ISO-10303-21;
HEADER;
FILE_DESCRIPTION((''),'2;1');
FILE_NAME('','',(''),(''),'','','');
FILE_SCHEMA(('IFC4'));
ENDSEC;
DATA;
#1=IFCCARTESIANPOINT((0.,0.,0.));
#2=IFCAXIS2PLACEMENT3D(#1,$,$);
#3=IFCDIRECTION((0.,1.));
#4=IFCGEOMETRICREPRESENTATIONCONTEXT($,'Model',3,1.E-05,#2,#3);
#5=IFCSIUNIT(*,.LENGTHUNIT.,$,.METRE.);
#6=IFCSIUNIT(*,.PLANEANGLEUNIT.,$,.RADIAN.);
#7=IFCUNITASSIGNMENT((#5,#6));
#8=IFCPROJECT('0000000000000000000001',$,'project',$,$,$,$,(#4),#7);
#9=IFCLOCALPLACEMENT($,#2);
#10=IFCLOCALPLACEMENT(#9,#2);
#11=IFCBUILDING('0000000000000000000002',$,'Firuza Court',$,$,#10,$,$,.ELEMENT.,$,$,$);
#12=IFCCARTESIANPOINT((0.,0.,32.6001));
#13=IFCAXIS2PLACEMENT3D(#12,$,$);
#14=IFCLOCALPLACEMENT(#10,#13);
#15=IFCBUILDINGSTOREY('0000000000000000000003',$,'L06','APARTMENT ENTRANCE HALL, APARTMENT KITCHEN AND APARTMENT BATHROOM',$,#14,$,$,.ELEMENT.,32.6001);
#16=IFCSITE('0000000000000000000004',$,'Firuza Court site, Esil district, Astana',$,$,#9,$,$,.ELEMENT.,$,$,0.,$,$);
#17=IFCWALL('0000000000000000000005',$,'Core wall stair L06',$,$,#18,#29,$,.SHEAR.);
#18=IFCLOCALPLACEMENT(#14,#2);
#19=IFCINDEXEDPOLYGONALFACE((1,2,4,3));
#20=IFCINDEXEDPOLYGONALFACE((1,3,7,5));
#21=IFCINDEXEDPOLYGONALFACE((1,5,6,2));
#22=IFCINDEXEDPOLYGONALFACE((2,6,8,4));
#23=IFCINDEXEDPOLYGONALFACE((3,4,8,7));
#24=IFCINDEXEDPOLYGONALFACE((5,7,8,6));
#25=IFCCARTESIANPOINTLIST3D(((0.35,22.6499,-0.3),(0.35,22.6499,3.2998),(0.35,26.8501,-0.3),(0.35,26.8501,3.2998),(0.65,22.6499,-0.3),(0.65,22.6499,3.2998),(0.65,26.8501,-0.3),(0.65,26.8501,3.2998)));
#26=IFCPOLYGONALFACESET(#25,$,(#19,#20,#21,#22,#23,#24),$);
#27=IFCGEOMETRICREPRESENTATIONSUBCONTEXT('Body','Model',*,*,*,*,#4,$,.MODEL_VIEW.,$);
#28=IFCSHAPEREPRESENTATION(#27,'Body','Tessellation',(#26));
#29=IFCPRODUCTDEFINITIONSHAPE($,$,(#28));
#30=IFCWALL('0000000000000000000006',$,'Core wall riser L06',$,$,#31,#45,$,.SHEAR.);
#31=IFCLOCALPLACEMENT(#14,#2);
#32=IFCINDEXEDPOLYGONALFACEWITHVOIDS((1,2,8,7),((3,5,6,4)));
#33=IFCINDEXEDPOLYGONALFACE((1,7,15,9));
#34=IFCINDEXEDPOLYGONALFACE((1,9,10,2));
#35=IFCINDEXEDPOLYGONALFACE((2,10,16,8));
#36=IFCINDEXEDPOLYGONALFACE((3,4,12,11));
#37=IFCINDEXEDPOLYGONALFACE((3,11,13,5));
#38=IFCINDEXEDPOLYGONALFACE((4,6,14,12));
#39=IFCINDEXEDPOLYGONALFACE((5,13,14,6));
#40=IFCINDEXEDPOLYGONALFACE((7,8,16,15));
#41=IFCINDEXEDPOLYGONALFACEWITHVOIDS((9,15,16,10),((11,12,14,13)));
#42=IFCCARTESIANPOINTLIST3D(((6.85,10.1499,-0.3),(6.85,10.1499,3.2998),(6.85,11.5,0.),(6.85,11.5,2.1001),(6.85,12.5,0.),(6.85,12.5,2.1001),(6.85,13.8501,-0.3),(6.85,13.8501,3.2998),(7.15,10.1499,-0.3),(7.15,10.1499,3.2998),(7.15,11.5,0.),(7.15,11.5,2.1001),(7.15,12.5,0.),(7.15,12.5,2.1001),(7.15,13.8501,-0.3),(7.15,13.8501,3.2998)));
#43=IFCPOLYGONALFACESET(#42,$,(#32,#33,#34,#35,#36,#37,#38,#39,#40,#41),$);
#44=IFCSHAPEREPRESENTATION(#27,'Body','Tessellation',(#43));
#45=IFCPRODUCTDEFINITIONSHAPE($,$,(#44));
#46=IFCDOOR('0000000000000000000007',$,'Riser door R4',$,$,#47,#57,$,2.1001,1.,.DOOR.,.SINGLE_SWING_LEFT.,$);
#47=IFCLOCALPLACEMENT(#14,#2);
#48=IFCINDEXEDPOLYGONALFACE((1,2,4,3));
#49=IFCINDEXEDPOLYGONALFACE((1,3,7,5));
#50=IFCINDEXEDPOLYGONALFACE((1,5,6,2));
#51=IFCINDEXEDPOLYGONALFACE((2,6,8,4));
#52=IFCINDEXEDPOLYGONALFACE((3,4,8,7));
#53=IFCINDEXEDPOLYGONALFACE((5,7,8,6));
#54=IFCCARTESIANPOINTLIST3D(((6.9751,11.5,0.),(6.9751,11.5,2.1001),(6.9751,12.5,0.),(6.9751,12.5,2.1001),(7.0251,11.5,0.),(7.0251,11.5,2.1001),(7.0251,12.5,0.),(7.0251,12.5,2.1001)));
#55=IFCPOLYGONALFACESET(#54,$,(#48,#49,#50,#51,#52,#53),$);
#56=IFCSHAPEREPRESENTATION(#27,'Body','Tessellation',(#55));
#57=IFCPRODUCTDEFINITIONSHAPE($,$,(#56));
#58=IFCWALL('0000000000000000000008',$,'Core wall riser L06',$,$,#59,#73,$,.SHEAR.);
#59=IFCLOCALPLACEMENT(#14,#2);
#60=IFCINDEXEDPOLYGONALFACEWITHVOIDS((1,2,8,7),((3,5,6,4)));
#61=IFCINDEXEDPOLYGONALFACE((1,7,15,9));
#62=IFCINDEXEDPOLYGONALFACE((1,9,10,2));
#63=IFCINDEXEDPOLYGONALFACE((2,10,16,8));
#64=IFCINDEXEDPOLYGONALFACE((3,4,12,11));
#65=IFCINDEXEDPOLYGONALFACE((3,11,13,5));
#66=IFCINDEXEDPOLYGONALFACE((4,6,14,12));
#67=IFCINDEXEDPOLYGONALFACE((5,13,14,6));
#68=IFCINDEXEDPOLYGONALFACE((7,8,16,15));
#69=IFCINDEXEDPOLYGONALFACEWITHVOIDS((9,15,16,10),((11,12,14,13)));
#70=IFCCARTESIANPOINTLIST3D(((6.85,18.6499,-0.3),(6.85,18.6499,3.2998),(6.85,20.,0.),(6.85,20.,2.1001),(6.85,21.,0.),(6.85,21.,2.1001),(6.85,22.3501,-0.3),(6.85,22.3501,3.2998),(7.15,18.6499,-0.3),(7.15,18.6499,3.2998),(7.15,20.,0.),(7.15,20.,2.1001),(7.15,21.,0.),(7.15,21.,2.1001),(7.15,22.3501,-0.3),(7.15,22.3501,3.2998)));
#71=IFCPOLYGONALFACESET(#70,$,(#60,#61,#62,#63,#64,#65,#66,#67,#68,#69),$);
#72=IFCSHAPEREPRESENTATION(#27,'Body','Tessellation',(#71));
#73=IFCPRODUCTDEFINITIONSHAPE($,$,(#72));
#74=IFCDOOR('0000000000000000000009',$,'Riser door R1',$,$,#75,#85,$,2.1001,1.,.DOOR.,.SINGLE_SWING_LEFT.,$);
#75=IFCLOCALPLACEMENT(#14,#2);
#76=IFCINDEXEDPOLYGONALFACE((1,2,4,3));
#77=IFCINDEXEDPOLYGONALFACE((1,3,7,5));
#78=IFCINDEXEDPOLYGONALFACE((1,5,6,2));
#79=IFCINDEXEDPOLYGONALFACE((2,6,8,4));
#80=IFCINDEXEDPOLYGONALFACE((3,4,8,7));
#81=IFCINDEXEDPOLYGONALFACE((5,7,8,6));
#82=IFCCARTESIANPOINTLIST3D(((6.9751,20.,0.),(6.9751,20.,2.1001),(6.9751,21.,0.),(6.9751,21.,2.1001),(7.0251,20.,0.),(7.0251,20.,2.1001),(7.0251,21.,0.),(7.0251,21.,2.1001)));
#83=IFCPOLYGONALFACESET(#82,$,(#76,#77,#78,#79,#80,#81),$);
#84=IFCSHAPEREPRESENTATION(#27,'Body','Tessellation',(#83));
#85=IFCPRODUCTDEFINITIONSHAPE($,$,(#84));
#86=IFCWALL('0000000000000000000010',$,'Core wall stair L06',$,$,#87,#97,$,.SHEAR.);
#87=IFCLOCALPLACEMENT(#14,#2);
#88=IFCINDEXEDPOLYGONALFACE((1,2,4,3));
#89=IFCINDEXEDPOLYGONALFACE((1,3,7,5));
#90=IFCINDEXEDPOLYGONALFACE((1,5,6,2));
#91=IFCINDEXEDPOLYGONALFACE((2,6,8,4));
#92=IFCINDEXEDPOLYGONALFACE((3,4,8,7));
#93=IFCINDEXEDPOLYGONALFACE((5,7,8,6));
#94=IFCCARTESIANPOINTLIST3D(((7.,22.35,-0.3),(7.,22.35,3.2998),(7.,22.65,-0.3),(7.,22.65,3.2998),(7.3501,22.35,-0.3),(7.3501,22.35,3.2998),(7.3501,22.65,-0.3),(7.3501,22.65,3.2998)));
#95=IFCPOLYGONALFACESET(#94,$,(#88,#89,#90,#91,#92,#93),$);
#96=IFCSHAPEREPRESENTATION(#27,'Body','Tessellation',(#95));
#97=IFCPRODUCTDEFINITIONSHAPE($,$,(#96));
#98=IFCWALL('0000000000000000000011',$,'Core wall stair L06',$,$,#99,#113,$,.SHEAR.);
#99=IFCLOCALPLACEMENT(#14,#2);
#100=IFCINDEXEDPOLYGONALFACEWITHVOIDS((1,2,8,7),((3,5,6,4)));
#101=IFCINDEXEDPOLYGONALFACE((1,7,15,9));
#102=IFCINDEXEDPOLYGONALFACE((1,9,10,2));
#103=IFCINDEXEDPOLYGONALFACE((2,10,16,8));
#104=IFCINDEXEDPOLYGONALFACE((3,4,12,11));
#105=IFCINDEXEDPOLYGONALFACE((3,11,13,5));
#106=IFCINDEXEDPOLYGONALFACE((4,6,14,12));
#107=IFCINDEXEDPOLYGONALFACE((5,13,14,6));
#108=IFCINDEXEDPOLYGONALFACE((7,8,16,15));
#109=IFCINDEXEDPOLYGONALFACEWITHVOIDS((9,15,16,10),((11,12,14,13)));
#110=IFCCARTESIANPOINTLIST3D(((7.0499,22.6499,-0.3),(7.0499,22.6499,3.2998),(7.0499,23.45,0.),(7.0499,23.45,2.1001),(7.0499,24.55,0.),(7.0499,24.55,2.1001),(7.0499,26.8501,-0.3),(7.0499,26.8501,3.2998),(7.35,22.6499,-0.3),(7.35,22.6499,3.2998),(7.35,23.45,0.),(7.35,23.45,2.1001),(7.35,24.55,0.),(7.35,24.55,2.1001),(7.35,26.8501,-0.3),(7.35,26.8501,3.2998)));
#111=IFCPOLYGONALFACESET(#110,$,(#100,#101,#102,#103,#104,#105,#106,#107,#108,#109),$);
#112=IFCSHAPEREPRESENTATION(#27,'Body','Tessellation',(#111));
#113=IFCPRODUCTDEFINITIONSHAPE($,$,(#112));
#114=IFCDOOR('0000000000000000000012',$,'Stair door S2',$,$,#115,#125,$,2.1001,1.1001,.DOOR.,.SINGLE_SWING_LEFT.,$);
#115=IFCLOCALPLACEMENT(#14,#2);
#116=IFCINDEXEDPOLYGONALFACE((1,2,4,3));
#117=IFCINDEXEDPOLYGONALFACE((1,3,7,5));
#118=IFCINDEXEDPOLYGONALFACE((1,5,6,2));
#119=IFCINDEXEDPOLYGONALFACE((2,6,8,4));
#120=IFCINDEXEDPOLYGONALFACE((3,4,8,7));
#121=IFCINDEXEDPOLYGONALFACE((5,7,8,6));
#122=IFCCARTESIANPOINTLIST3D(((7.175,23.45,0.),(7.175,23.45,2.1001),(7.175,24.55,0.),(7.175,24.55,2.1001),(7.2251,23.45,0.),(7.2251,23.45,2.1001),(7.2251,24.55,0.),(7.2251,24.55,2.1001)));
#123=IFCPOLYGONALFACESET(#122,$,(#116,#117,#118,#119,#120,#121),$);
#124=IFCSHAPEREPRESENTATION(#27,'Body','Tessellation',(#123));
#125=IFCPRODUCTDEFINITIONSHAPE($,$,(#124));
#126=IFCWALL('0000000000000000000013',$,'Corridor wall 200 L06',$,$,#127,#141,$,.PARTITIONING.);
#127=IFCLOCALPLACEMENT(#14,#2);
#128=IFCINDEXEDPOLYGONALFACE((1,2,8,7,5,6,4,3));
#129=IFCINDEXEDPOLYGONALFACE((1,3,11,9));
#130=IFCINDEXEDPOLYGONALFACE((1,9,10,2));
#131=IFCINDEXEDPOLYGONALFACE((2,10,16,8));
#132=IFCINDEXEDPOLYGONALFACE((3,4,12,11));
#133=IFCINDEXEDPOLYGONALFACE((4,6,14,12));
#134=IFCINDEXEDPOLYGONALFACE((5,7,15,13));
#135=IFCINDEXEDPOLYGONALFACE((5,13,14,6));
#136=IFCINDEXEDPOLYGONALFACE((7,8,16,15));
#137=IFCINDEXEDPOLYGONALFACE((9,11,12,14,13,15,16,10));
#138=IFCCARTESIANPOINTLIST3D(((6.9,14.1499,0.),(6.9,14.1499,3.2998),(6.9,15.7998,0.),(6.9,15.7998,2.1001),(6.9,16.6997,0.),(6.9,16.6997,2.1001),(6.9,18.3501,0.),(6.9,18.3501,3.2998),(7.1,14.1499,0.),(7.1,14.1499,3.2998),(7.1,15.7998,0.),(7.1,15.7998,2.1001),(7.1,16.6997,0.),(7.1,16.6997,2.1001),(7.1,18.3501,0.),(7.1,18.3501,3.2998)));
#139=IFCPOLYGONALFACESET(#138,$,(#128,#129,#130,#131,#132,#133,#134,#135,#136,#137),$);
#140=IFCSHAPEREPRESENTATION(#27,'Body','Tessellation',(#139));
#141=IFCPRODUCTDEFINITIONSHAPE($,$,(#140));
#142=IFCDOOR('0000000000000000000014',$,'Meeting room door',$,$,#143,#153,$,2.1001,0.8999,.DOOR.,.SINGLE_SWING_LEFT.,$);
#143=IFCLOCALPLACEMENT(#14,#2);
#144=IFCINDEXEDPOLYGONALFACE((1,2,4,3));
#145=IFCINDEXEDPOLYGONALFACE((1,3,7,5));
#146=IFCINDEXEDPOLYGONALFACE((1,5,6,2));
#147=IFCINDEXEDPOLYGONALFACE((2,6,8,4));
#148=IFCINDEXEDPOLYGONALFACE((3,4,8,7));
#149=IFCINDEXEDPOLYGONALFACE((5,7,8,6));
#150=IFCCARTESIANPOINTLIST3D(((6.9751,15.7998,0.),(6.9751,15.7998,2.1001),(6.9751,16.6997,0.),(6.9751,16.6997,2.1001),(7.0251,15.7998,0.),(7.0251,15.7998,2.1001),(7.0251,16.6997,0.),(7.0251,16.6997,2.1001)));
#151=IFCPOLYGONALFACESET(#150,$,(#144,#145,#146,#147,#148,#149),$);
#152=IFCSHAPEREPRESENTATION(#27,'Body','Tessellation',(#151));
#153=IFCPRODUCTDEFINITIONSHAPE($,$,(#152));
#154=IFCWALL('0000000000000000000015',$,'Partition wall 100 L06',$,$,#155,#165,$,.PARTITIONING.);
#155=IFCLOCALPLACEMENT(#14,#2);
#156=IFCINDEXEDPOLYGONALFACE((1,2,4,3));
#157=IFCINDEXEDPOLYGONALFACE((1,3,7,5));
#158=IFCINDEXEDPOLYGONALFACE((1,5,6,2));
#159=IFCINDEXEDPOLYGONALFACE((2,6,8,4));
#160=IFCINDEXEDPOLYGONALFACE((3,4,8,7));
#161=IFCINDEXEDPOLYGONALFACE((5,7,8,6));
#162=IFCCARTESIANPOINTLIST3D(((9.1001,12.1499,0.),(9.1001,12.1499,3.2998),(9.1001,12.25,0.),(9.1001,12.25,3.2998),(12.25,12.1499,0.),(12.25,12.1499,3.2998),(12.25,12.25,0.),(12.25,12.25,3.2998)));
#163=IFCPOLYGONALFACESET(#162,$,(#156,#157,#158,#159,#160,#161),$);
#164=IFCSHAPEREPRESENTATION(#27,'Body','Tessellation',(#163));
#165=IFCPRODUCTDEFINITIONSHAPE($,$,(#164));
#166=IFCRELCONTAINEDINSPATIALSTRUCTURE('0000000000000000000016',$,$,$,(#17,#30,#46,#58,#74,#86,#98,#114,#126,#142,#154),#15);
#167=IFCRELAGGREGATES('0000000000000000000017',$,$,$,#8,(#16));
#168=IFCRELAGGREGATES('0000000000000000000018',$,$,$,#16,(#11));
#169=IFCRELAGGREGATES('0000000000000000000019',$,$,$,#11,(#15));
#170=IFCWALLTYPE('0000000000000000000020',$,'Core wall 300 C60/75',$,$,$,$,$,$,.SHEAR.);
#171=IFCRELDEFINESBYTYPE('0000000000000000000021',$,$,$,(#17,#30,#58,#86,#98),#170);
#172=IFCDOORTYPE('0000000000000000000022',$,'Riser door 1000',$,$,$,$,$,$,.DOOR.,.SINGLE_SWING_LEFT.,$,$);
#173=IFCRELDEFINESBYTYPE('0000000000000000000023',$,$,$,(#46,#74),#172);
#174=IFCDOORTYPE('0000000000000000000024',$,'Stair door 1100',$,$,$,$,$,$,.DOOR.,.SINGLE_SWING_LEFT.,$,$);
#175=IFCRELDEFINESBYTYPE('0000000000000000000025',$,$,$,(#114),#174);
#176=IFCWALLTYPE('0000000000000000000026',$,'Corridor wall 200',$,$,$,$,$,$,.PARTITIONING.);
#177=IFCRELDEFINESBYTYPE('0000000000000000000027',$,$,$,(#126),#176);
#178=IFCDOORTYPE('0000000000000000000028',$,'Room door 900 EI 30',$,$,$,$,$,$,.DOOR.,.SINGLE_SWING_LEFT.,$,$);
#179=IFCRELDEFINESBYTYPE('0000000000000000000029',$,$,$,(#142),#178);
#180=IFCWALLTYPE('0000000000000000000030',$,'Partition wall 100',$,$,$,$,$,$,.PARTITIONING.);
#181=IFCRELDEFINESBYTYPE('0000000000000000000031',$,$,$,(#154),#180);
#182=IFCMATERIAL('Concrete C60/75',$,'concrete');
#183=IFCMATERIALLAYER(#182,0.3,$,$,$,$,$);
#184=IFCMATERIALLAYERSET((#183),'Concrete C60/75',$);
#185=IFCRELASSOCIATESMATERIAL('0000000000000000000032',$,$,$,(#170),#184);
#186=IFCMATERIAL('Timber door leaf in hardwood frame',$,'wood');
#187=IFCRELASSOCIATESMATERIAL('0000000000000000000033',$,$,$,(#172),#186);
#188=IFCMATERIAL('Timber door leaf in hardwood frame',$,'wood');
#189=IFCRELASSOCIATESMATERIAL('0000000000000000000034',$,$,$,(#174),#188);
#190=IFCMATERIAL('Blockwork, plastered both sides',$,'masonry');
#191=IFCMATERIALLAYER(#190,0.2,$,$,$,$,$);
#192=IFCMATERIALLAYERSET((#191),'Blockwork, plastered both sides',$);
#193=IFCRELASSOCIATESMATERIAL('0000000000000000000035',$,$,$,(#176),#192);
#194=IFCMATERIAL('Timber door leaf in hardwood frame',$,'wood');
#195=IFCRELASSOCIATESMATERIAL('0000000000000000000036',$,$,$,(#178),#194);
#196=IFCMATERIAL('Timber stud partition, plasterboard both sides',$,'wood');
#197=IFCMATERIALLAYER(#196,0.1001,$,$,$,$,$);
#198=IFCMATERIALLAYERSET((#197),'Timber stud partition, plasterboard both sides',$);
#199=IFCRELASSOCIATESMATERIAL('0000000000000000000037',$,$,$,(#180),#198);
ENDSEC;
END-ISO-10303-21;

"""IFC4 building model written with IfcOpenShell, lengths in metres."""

from ifc_helpers import new_model, si_unit, direction, frame, frame_2d, origin, place, context, subcontext, project, spatial, rectangle, extrude, material, layer, layer_set, type_object, element, fill, save


model = new_model("IFC4")

# Units and contexts
model_context = context("Model", 3, precision=1e-05, world=origin(), true_north=direction((0.0, 1.0)))
body_context = subcontext(model_context, "Body", "Model", "MODEL_VIEW")
ifc_project = project(units=[si_unit("LENGTHUNIT", "METRE"), si_unit("PLANEANGLEUNIT", "RADIAN")], contexts=[model_context])

# Site, building, storey
site_placement = place(None, origin())
site = spatial("IfcSite", under=ifc_project, at=site_placement, Name="Firuza Court site, Esil district, Astana", CompositionType="ELEMENT", RefElevation=0.0)
building_placement = place(site_placement, origin())
building = spatial("IfcBuilding", under=site, at=building_placement, Name="Firuza Court", CompositionType="ELEMENT")
storey_placement = place(building_placement, frame((0.0, 0.0, 32.6001)))
storey = spatial("IfcBuildingStorey", under=building, at=storey_placement, Name="L06", Description="APARTMENT ENTRANCE HALL, APARTMENT KITCHEN AND APARTMENT BATHROOM", CompositionType="ELEMENT", Elevation=32.6001)

# Wall
ifc_material_1 = material(Name="Concrete C60/75", Category="concrete")
ifc_layer_1 = layer(ifc_material_1, 0.3)
ifc_layer_set_1 = layer_set([ifc_layer_1], Name="Concrete C60/75")
wall_type_1 = type_object("IfcWallType", Name="Core wall 300 C60/75", PredefinedType="SHEAR", material=ifc_layer_set_1)
wall_1_placement = place(storey_placement, frame((0.5, 22.6499, -0.3), z_axis=(0.0, 0.0, 1.0), x_axis=(0.0, 1.0, 0.0)))
element("IfcWall", 1, at=wall_1_placement, inside=storey, type_object=wall_type_1, Name="Core wall stair L06", PredefinedType="SHEAR", context=body_context, shape_type="SweptSolid", body=[
    extrude(rectangle(XDim=4.2002, YDim=0.3, at=frame_2d((2.1001, 0.0))), origin(), (0.0, 0.0, 1.0), 3.5999),
])

# Walls, openings, doors
wall_2_placement = place(storey_placement, frame((7.0, 10.1499, -0.3), z_axis=(0.0, 0.0, 1.0), x_axis=(0.0, 1.0, 0.0)))
wall_2 = element("IfcWall", 2, at=wall_2_placement, inside=storey, type_object=wall_type_1, Name="Core wall riser L06", PredefinedType="SHEAR", context=body_context, shape_type="SweptSolid", body=[
    extrude(rectangle(XDim=3.7002, YDim=0.3, at=frame_2d((1.8501, 0.0))), origin(), (0.0, 0.0, 1.0), 3.5999),
])
opening_1_placement = place(wall_2_placement, frame((1.3501, 0.0, 0.3)))
opening_1 = element("IfcOpeningElement", 3, at=opening_1_placement, cuts=wall_2, PredefinedType="OPENING", context=body_context, shape_type="SweptSolid", body=[
    extrude(rectangle(XDim=1.0, YDim=2.1001, at=frame_2d((0.5, 1.05))), frame((0.0, 0.1621, 0.0), z_axis=(0.0, -1.0, 0.0), x_axis=(1.0, 0.0, 0.0)), (0.0, 0.0, 1.0), 0.324),
])
ifc_material_2 = material(Name="Timber door leaf in hardwood frame", Category="wood")
door_type_1 = type_object("IfcDoorType", Name="Riser door 1000", OperationType="SINGLE_SWING_LEFT", PredefinedType="DOOR", material=ifc_material_2)
door_1_placement = place(opening_1_placement, origin())
door_1 = element("IfcDoor", 4, at=door_1_placement, inside=storey, type_object=door_type_1, Name="Riser door R4", OperationType="SINGLE_SWING_LEFT", OverallHeight=2.1001, OverallWidth=1.0, PredefinedType="DOOR", context=body_context, shape_type="SweptSolid", body=[
    extrude(rectangle(XDim=1.0, YDim=2.1001, at=frame_2d((0.5, 1.05))), frame((0.0, 0.0249, 0.0), z_axis=(0.0, -1.0, 0.0), x_axis=(1.0, 0.0, 0.0)), (0.0, 0.0, 1.0), 0.05),
])
fill(opening_1, door_1)
wall_3_placement = place(storey_placement, frame((7.0, 18.6499, -0.3), z_axis=(0.0, 0.0, 1.0), x_axis=(0.0, 1.0, 0.0)))
wall_3 = element("IfcWall", 5, at=wall_3_placement, inside=storey, type_object=wall_type_1, Name="Core wall riser L06", PredefinedType="SHEAR", context=body_context, shape_type="SweptSolid", body=[
    extrude(rectangle(XDim=3.7002, YDim=0.3, at=frame_2d((1.8501, 0.0))), origin(), (0.0, 0.0, 1.0), 3.5999),
])
opening_2_placement = place(wall_3_placement, frame((1.3501, 0.0, 0.3)))
opening_2 = element("IfcOpeningElement", 6, at=opening_2_placement, cuts=wall_3, PredefinedType="OPENING", context=body_context, shape_type="SweptSolid", body=[
    extrude(rectangle(XDim=1.0, YDim=2.1001, at=frame_2d((0.5, 1.05))), frame((0.0, 0.1621, 0.0), z_axis=(0.0, -1.0, 0.0), x_axis=(1.0, 0.0, 0.0)), (0.0, 0.0, 1.0), 0.324),
])
door_2_placement = place(opening_2_placement, origin())
door_2 = element("IfcDoor", 7, at=door_2_placement, inside=storey, type_object=door_type_1, Name="Riser door R1", OperationType="SINGLE_SWING_LEFT", OverallHeight=2.1001, OverallWidth=1.0, PredefinedType="DOOR", context=body_context, shape_type="SweptSolid", body=[
    extrude(rectangle(XDim=1.0, YDim=2.1001, at=frame_2d((0.5, 1.05))), frame((0.0, 0.0249, 0.0), z_axis=(0.0, -1.0, 0.0), x_axis=(1.0, 0.0, 0.0)), (0.0, 0.0, 1.0), 0.05),
])
fill(opening_2, door_2)

# Wall
wall_4_placement = place(storey_placement, frame((7.0, 22.5, -0.3), z_axis=(0.0, 0.0, 1.0), x_axis=(1.0, 0.0, 0.0)))
element("IfcWall", 8, at=wall_4_placement, inside=storey, type_object=wall_type_1, Name="Core wall stair L06", PredefinedType="SHEAR", context=body_context, shape_type="SweptSolid", body=[
    extrude(rectangle(XDim=0.3501, YDim=0.3, at=frame_2d((0.175, 0.0))), origin(), (0.0, 0.0, 1.0), 3.5999),
])

# Walls, openings, doors
wall_5_placement = place(storey_placement, frame((7.2, 22.6499, -0.3), z_axis=(0.0, 0.0, 1.0), x_axis=(0.0, 1.0, 0.0)))
wall_5 = element("IfcWall", 9, at=wall_5_placement, inside=storey, type_object=wall_type_1, Name="Core wall stair L06", PredefinedType="SHEAR", context=body_context, shape_type="SweptSolid", body=[
    extrude(rectangle(XDim=4.2002, YDim=0.3, at=frame_2d((2.1001, 0.0))), origin(), (0.0, 0.0, 1.0), 3.5999),
])
opening_3_placement = place(wall_5_placement, frame((0.8, 0.0, 0.3)))
opening_3 = element("IfcOpeningElement", 10, at=opening_3_placement, cuts=wall_5, PredefinedType="OPENING", context=body_context, shape_type="SweptSolid", body=[
    extrude(rectangle(XDim=1.1001, YDim=2.1001, at=frame_2d((0.55, 1.05))), frame((0.0, 0.1621, 0.0), z_axis=(0.0, -1.0, 0.0), x_axis=(1.0, 0.0, 0.0)), (0.0, 0.0, 1.0), 0.324),
])
ifc_material_3 = material(Name="Timber door leaf in hardwood frame", Category="wood")
door_type_2 = type_object("IfcDoorType", Name="Stair door 1100", OperationType="SINGLE_SWING_LEFT", PredefinedType="DOOR", material=ifc_material_3)
door_3_placement = place(opening_3_placement, origin())
door_3 = element("IfcDoor", 11, at=door_3_placement, inside=storey, type_object=door_type_2, Name="Stair door S2", OperationType="SINGLE_SWING_LEFT", OverallHeight=2.1001, OverallWidth=1.1001, PredefinedType="DOOR", context=body_context, shape_type="SweptSolid", body=[
    extrude(rectangle(XDim=1.1001, YDim=2.1001, at=frame_2d((0.55, 1.05))), frame((0.0, 0.0249, 0.0), z_axis=(0.0, -1.0, 0.0), x_axis=(1.0, 0.0, 0.0)), (0.0, 0.0, 1.0), 0.05),
])
fill(opening_3, door_3)
ifc_material_4 = material(Name="Blockwork, plastered both sides", Category="masonry")
ifc_layer_2 = layer(ifc_material_4, 0.2)
ifc_layer_set_2 = layer_set([ifc_layer_2], Name="Blockwork, plastered both sides")
wall_type_2 = type_object("IfcWallType", Name="Corridor wall 200", PredefinedType="PARTITIONING", material=ifc_layer_set_2)
wall_6_placement = place(storey_placement, frame((7.0, 14.1499, 0.0), z_axis=(0.0, 0.0, 1.0), x_axis=(0.0, 1.0, 0.0)))
wall_6 = element("IfcWall", 12, at=wall_6_placement, inside=storey, type_object=wall_type_2, Name="Corridor wall 200 L06", PredefinedType="PARTITIONING", context=body_context, shape_type="SweptSolid", body=[
    extrude(rectangle(XDim=4.2002, YDim=0.2, at=frame_2d((2.1001, 0.0))), origin(), (0.0, 0.0, 1.0), 3.2998),
])
opening_4_placement = place(wall_6_placement, frame((1.6499, 0.0, 0.0)))
opening_4 = element("IfcOpeningElement", 13, at=opening_4_placement, cuts=wall_6, PredefinedType="OPENING", context=body_context, shape_type="SweptSolid", body=[
    extrude(rectangle(XDim=0.8999, YDim=2.1001, at=frame_2d((0.45, 1.05))), frame((0.0, 0.1118, 0.0), z_axis=(0.0, -1.0, 0.0), x_axis=(1.0, 0.0, 0.0)), (0.0, 0.0, 1.0), 0.2239),
])
ifc_material_5 = material(Name="Timber door leaf in hardwood frame", Category="wood")
door_type_3 = type_object("IfcDoorType", Name="Room door 900 EI 30", OperationType="SINGLE_SWING_LEFT", PredefinedType="DOOR", material=ifc_material_5)
door_4_placement = place(opening_4_placement, origin())
door_4 = element("IfcDoor", 14, at=door_4_placement, inside=storey, type_object=door_type_3, Name="Meeting room door", OperationType="SINGLE_SWING_LEFT", OverallHeight=2.1001, OverallWidth=0.8999, PredefinedType="DOOR", context=body_context, shape_type="SweptSolid", body=[
    extrude(rectangle(XDim=0.8999, YDim=2.1001, at=frame_2d((0.45, 1.05))), frame((0.0, 0.0249, 0.0), z_axis=(0.0, -1.0, 0.0), x_axis=(1.0, 0.0, 0.0)), (0.0, 0.0, 1.0), 0.05),
])
fill(opening_4, door_4)

# Wall
ifc_material_6 = material(Name="Timber stud partition, plasterboard both sides", Category="wood")
ifc_layer_3 = layer(ifc_material_6, 0.1001)
ifc_layer_set_3 = layer_set([ifc_layer_3], Name="Timber stud partition, plasterboard both sides")
wall_type_3 = type_object("IfcWallType", Name="Partition wall 100", PredefinedType="PARTITIONING", material=ifc_layer_set_3)
for number, where, z_axis, x_axis, name in (
    (15, (9.1001, 12.2, 0.0), (0.0, 0.0, 1.0), (1.0, 0.0, 0.0), "Partition wall 100 L06"),
):
    element("IfcWall", number, at=place(storey_placement, frame(where, z_axis=z_axis, x_axis=x_axis)), inside=storey, type_object=wall_type_3, Name=name, PredefinedType="PARTITIONING", context=body_context, shape_type="SweptSolid", body=[
        extrude(rectangle(XDim=3.1499, YDim=0.1001, at=frame_2d((1.575, 0.0))), origin(), (0.0, 0.0, 1.0), 3.2998),
    ])

save(model, "model.ifc")
